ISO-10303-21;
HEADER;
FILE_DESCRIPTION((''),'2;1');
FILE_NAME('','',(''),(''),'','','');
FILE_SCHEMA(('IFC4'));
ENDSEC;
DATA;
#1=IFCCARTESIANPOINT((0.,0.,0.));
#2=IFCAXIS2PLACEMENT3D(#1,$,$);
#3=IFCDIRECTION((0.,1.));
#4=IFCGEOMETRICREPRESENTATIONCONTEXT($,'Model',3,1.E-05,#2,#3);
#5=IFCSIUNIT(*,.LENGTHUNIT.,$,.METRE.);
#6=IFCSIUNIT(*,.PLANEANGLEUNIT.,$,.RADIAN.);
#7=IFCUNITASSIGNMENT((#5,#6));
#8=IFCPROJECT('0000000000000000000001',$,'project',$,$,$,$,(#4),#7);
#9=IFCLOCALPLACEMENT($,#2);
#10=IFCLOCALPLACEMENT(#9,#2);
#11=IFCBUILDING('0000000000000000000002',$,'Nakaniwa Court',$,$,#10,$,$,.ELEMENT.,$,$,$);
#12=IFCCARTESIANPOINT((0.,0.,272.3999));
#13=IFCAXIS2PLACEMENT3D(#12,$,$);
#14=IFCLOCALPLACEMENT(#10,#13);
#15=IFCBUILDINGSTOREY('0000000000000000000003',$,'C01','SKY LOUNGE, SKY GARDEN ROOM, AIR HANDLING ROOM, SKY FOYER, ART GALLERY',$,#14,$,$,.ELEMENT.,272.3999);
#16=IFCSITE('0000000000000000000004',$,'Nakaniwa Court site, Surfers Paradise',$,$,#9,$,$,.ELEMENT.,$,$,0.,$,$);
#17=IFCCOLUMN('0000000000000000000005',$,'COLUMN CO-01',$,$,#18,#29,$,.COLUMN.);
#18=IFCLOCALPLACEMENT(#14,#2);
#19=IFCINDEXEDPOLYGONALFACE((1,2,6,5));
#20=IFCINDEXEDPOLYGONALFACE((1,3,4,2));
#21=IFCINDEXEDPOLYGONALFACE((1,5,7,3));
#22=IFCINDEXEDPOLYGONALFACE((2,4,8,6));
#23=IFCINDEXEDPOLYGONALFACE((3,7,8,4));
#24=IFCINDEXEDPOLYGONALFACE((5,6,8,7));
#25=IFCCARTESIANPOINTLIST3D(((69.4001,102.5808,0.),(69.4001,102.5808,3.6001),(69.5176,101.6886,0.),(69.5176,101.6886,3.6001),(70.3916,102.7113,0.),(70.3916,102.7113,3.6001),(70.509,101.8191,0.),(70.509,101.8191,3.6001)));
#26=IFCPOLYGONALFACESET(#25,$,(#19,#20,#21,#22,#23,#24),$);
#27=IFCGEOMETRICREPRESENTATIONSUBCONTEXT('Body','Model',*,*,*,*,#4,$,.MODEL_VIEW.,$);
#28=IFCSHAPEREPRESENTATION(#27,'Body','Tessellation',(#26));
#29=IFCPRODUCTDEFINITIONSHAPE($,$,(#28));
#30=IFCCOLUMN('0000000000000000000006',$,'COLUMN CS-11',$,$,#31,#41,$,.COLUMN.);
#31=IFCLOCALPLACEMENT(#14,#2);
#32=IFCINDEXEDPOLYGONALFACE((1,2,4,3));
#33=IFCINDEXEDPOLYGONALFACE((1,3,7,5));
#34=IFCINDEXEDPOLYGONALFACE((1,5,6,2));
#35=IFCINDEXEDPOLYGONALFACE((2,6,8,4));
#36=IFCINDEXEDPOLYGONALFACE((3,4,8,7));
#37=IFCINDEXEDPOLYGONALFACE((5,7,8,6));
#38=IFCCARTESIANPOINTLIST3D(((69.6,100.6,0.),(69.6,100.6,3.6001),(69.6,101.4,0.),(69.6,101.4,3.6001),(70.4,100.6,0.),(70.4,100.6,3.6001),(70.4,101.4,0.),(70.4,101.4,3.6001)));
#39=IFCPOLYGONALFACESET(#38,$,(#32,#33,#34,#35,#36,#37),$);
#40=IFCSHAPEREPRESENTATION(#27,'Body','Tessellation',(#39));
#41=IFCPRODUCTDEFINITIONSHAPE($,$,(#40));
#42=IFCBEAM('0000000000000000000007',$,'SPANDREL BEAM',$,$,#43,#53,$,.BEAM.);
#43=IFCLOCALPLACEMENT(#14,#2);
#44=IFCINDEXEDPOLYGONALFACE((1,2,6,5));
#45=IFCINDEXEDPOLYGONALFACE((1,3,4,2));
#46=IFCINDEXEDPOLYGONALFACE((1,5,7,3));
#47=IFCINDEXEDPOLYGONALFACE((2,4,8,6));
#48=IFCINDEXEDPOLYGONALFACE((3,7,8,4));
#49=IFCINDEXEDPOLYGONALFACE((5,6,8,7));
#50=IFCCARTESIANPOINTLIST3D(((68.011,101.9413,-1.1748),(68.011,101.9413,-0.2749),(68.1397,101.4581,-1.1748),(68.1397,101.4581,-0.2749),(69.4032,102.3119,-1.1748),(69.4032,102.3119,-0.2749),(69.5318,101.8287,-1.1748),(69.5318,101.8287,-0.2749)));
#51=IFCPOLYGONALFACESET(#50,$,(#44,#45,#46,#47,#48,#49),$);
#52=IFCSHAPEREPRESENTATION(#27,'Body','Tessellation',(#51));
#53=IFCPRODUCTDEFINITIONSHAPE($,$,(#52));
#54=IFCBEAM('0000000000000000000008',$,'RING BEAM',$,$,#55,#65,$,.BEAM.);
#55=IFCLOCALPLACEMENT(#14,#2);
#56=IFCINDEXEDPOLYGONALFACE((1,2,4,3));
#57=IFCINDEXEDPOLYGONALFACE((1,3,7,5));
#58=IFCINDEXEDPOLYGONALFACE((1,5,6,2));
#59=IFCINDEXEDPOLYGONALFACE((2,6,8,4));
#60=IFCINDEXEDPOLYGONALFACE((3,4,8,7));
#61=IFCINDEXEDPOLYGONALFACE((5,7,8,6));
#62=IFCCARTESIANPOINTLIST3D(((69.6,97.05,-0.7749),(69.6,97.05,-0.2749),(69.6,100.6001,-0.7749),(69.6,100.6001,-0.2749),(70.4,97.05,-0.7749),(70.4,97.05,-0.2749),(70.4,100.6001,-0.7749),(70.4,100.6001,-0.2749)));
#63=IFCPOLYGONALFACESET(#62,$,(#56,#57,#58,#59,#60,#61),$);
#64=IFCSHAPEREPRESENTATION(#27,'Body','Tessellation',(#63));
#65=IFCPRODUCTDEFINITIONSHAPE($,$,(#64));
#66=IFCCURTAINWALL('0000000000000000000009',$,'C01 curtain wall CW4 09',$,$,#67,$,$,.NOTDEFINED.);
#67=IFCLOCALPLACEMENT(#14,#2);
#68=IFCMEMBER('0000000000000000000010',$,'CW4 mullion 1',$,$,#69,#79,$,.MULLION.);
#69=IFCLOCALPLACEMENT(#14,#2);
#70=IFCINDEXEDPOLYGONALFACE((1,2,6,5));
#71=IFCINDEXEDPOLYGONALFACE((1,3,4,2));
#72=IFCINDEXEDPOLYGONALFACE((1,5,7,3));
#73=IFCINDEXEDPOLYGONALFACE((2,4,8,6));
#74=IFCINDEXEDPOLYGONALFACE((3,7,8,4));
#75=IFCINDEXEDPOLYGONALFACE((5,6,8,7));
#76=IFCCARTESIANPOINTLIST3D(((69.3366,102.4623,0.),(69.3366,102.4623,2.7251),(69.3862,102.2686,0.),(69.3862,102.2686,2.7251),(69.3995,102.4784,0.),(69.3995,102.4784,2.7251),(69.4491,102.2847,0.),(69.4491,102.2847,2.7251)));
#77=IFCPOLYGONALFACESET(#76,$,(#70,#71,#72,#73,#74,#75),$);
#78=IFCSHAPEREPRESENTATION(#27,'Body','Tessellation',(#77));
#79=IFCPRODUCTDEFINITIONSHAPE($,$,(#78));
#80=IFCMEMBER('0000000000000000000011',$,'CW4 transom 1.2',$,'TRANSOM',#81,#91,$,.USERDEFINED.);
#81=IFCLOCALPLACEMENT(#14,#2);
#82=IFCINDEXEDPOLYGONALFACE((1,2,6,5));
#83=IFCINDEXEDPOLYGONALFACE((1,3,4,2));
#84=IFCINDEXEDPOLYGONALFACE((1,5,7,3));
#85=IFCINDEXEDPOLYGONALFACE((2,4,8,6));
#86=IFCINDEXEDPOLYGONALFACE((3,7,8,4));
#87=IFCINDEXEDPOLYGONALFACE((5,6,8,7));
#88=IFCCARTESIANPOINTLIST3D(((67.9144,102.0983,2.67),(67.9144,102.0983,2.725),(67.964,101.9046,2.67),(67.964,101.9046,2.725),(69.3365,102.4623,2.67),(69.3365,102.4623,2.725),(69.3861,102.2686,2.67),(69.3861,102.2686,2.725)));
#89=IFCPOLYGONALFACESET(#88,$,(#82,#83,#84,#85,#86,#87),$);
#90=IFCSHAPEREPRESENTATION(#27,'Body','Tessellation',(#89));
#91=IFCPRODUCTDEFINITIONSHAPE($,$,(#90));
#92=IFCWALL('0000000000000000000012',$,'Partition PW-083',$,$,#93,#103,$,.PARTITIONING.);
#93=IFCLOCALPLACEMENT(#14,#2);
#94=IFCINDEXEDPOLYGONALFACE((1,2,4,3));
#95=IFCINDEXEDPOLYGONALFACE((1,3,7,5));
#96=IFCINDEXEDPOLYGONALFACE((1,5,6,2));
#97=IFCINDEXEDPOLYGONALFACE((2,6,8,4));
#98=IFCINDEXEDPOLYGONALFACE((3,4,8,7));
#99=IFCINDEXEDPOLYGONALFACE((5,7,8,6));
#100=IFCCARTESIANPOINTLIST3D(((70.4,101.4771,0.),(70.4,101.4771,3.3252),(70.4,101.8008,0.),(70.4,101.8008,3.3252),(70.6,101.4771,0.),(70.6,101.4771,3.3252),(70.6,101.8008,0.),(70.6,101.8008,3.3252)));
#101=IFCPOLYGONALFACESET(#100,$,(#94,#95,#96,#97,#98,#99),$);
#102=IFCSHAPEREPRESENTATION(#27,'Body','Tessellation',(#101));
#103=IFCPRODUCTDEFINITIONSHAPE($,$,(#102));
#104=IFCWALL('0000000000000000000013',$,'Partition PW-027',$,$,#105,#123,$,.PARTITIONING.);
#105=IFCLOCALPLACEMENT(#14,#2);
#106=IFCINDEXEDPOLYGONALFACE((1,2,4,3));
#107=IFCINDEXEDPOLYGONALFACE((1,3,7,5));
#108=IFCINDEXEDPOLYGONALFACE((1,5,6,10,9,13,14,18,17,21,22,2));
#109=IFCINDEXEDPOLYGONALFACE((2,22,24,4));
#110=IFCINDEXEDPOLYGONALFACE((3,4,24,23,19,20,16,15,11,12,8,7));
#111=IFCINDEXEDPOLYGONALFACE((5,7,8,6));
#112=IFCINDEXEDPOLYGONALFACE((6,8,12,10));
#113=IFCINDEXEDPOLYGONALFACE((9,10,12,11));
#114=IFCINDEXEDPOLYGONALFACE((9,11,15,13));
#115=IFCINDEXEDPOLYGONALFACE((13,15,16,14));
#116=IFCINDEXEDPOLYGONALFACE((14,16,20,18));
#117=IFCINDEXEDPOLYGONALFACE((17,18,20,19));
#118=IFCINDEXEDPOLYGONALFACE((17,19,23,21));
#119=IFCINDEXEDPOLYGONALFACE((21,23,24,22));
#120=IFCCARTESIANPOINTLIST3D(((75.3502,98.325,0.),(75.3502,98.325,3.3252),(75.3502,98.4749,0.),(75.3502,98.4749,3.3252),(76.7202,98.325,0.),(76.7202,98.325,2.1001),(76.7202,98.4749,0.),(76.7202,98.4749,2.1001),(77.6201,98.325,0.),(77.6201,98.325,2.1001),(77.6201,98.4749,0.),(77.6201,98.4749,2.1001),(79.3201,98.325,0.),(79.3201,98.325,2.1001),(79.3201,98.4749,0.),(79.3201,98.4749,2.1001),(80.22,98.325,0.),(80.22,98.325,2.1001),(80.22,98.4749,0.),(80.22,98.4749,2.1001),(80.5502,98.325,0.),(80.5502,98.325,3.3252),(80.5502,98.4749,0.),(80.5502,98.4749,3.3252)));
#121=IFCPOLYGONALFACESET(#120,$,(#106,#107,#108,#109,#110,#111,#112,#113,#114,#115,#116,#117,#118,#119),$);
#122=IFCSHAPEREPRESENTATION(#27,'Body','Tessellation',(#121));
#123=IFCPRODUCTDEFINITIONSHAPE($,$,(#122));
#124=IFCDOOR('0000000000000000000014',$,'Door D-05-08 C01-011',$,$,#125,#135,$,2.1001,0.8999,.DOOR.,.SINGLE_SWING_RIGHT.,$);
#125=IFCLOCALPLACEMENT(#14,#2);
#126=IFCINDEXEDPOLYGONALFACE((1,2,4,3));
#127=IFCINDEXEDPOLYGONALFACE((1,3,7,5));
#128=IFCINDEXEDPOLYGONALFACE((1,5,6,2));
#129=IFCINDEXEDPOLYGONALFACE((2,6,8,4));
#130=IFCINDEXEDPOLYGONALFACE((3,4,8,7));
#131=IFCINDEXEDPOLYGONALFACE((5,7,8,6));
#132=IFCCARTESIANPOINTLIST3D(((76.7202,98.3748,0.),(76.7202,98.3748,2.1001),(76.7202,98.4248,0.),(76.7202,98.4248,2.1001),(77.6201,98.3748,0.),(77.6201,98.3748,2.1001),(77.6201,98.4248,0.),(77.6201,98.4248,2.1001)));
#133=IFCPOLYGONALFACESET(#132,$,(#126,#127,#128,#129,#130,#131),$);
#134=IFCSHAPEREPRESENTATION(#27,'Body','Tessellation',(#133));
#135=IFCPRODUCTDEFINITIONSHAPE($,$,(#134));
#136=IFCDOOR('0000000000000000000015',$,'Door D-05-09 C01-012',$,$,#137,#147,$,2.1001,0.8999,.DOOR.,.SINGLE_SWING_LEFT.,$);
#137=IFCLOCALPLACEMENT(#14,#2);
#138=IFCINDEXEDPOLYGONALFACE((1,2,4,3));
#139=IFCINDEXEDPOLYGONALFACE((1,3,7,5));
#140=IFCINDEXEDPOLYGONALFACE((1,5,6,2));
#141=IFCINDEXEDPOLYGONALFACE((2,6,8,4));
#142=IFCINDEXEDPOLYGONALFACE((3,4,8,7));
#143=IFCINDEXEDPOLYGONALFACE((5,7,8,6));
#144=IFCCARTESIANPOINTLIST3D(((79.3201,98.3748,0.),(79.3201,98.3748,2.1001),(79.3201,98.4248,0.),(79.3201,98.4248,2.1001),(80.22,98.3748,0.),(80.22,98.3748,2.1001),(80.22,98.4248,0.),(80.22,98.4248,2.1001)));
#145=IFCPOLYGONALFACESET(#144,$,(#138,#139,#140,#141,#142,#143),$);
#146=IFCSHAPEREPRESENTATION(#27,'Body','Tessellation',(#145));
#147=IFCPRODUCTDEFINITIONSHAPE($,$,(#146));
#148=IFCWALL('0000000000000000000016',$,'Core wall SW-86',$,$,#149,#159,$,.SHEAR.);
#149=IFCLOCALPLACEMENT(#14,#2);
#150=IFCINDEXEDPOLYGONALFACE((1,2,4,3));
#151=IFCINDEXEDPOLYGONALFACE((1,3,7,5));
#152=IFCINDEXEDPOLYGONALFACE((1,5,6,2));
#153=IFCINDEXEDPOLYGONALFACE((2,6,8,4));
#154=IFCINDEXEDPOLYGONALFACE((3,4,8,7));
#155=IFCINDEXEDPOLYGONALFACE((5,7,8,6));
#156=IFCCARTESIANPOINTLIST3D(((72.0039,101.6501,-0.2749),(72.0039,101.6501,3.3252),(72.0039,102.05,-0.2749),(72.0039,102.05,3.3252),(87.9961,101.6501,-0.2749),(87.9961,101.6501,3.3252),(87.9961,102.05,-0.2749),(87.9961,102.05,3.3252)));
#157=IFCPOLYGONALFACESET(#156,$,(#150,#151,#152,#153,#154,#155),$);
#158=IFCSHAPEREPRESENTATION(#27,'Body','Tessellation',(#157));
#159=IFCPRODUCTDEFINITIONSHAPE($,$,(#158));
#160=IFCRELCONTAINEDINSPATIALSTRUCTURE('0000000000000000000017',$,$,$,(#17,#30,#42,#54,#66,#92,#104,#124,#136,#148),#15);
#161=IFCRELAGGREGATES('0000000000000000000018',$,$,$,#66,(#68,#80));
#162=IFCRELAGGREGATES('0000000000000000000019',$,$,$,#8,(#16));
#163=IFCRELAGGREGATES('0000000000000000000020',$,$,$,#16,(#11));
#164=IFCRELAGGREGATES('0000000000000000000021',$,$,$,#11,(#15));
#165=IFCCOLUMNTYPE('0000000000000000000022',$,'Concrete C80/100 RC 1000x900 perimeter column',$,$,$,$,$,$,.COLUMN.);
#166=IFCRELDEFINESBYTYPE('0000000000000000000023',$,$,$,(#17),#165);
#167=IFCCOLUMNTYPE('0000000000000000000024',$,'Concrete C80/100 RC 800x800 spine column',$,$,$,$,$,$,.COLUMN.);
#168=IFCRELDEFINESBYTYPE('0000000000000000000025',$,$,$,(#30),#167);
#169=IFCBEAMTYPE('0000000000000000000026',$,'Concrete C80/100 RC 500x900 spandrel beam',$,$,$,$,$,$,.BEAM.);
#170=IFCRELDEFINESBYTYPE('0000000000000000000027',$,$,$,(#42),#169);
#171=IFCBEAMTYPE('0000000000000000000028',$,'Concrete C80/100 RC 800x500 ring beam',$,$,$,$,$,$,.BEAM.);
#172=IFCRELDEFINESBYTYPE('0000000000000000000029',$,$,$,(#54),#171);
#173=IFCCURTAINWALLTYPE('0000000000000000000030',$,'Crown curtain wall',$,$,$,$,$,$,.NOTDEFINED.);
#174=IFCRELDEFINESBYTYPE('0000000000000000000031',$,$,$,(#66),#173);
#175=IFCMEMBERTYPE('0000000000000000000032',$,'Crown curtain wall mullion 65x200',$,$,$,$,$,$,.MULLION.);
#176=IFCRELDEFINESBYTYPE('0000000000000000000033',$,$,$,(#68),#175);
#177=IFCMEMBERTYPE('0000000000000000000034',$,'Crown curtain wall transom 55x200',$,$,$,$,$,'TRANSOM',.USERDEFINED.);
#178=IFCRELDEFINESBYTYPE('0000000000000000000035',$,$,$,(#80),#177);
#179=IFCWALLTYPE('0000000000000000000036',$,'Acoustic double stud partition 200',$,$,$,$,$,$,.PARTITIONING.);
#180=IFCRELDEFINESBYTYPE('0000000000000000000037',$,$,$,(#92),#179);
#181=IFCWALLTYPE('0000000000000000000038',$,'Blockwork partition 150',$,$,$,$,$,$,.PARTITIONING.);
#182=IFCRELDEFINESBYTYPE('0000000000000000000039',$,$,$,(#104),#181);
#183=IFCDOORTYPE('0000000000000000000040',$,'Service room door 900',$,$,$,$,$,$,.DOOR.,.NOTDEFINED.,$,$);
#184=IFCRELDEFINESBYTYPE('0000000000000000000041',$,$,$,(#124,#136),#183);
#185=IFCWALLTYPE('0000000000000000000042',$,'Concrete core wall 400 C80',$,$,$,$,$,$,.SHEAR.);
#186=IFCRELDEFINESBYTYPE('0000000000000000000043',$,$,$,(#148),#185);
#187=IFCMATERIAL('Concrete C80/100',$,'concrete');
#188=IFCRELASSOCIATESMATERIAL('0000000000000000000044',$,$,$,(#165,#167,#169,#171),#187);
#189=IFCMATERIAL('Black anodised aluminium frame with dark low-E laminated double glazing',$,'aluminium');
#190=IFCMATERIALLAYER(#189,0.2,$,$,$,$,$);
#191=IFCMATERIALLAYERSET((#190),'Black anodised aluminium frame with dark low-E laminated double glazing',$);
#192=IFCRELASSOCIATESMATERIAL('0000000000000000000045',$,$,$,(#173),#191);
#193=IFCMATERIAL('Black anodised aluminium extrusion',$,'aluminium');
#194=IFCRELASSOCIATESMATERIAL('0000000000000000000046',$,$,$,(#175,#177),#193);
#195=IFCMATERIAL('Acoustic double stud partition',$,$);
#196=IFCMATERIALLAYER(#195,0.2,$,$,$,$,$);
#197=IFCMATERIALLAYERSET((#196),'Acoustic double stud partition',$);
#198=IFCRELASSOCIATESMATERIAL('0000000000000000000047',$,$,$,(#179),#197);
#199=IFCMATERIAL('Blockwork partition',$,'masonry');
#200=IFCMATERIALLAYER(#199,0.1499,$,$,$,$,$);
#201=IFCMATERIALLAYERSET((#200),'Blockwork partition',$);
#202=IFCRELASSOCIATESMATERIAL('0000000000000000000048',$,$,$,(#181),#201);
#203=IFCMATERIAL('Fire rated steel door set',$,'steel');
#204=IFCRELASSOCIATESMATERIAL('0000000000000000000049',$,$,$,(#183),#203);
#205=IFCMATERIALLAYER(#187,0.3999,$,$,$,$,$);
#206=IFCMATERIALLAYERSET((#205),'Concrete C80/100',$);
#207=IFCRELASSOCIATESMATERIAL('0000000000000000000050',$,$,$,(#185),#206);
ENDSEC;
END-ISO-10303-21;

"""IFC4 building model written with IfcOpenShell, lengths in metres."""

from ifc_helpers import new_model, si_unit, direction, frame, frame_2d, origin, origin_2d, place, context, subcontext, project, spatial, rectangle, extrude, material, layer, layer_set, material_profile, profile_set, type_object, element, fill, aggregate, save


model = new_model("IFC4")

# Units and contexts
model_context = context("Model", 3, precision=1e-05, world=origin(), true_north=direction((0.0, 1.0)))
body_context = subcontext(model_context, "Body", "Model", "MODEL_VIEW")
ifc_project = project(units=[si_unit("LENGTHUNIT", "METRE"), si_unit("PLANEANGLEUNIT", "RADIAN")], contexts=[model_context])

# Site, building, storey
site_placement = place(None, origin())
site = spatial("IfcSite", under=ifc_project, at=site_placement, Name="Nakaniwa Court site, Surfers Paradise", CompositionType="ELEMENT", RefElevation=0.0)
building_placement = place(site_placement, origin())
building = spatial("IfcBuilding", under=site, at=building_placement, Name="Nakaniwa Court", CompositionType="ELEMENT")
storey_placement = place(building_placement, frame((0.0, 0.0, 272.3999)))
storey = spatial("IfcBuildingStorey", under=building, at=storey_placement, Name="C01", Description="SKY LOUNGE, SKY GARDEN ROOM, AIR HANDLING ROOM, SKY FOYER, ART GALLERY", CompositionType="ELEMENT", Elevation=272.3999)

# Columns
ifc_material_1 = material(Name="Concrete C80/100", Category="concrete")
ifc_material_profile_1 = material_profile(ifc_material_1, rectangle(XDim=1.0, YDim=0.8999, at=origin_2d()), Name="Concrete C80/100 RC 1000x900 perimeter column")
ifc_profile_set_1 = profile_set([ifc_material_profile_1], Name="Concrete C80/100")
column_type_1 = type_object("IfcColumnType", Name="Concrete C80/100 RC 1000x900 perimeter column", PredefinedType="COLUMN", material=ifc_profile_set_1)
column_1_placement = place(storey_placement, frame((69.9546, 102.2, 0.0), z_axis=(0.0, 0.0, 1.0), x_axis=(-0.991443, -0.130543, 0.0)))
element("IfcColumn", 1, at=column_1_placement, inside=storey, type_object=column_type_1, Name="COLUMN CO-01", PredefinedType="COLUMN", context=body_context, shape_type="SweptSolid", body=[
    extrude(rectangle(XDim=1.0, YDim=0.8999, at=origin_2d()), origin(), (0.0, 0.0, 1.0), 3.6001),
])
ifc_material_profile_2 = material_profile(ifc_material_1, rectangle(XDim=0.8, YDim=0.8, at=origin_2d()), Name="Concrete C80/100 RC 800x800 spine column")
ifc_profile_set_2 = profile_set([ifc_material_profile_2], Name="Concrete C80/100")
column_type_2 = type_object("IfcColumnType", Name="Concrete C80/100 RC 800x800 spine column", PredefinedType="COLUMN", material=ifc_profile_set_2)
column_2_placement = place(storey_placement, frame((70.0, 101.0, 0.0), z_axis=(0.0, 0.0, 1.0), x_axis=(0.0, -1.0, 0.0)))
element("IfcColumn", 2, at=column_2_placement, inside=storey, type_object=column_type_2, Name="COLUMN CS-11", PredefinedType="COLUMN", context=body_context, shape_type="SweptSolid", body=[
    extrude(rectangle(XDim=0.8, YDim=0.8, at=origin_2d()), origin(), (0.0, 0.0, 1.0), 3.6001),
])

# Beams
ifc_material_profile_3 = material_profile(ifc_material_1, rectangle(XDim=0.5, YDim=0.8999, at=origin_2d()), Name="Concrete C80/100 RC 500x900 spandrel beam")
ifc_profile_set_3 = profile_set([ifc_material_profile_3], Name="Concrete C80/100")
beam_type_1 = type_object("IfcBeamType", Name="Concrete C80/100 RC 500x900 spandrel beam", PredefinedType="BEAM", material=ifc_profile_set_3)
beam_1_placement = place(storey_placement, frame((69.4675, 102.0703, -0.7249), z_axis=(-0.966342, -0.257262, 0.0), x_axis=(0.257262, -0.966342, 0.0)))
element("IfcBeam", 3, at=beam_1_placement, inside=storey, type_object=beam_type_1, Name="SPANDREL BEAM", PredefinedType="BEAM", context=body_context, shape_type="SweptSolid", body=[
    extrude(rectangle(XDim=0.5, YDim=0.8999, at=origin_2d()), origin(), (0.0, 0.0, 1.0), 1.4407),
])
ifc_material_profile_4 = material_profile(ifc_material_1, rectangle(XDim=0.8, YDim=0.5, at=origin_2d()), Name="Concrete C80/100 RC 800x500 ring beam")
ifc_profile_set_4 = profile_set([ifc_material_profile_4], Name="Concrete C80/100")
beam_type_2 = type_object("IfcBeamType", Name="Concrete C80/100 RC 800x500 ring beam", PredefinedType="BEAM", material=ifc_profile_set_4)
beam_2_placement = place(storey_placement, frame((70.0, 100.6001, -0.5249), z_axis=(0.0, -1.0, 0.0), x_axis=(1.0, 0.0, 0.0)))
element("IfcBeam", 4, at=beam_2_placement, inside=storey, type_object=beam_type_2, Name="RING BEAM", PredefinedType="BEAM", context=body_context, shape_type="SweptSolid", body=[
    extrude(rectangle(XDim=0.8, YDim=0.5, at=origin_2d()), origin(), (0.0, 0.0, 1.0), 3.55),
])

# Curtain wall, members
ifc_material_2 = material(Name="Black anodised aluminium frame with dark low-E laminated double glazing", Category="aluminium")
ifc_layer_1 = layer(ifc_material_2, 0.2)
ifc_layer_set_1 = layer_set([ifc_layer_1], Name="Black anodised aluminium frame with dark low-E laminated double glazing")
curtain_wall_type = type_object("IfcCurtainWallType", Name="Crown curtain wall", PredefinedType="NOTDEFINED", material=ifc_layer_set_1)
curtain_wall_placement = place(storey_placement, origin())
curtain_wall = element("IfcCurtainWall", 5, at=curtain_wall_placement, inside=storey, type_object=curtain_wall_type, Name="C01 curtain wall CW4 09", PredefinedType="NOTDEFINED")
ifc_material_3 = material(Name="Black anodised aluminium extrusion", Category="aluminium")
ifc_material_profile_5 = material_profile(ifc_material_3, rectangle(XDim=0.2, YDim=0.0649, at=origin_2d()), Name="Crown curtain wall mullion 65x200")
ifc_profile_set_5 = profile_set([ifc_material_profile_5], Name="Black anodised aluminium extrusion")
member_type_1 = type_object("IfcMemberType", Name="Crown curtain wall mullion 65x200", PredefinedType="MULLION", material=ifc_profile_set_5)
member_1_placement = place(storey_placement, frame((69.3928, 102.3735, 0.0), z_axis=(0.0, 0.0, 1.0), x_axis=(0.248053, -0.968746, 0.0)))
member_1 = element("IfcMember", 6, at=member_1_placement, type_object=member_type_1, Name="CW4 mullion 1", PredefinedType="MULLION", context=body_context, shape_type="SweptSolid", body=[
    extrude(rectangle(XDim=0.2, YDim=0.0649, at=origin_2d()), origin(), (0.0, 0.0, 1.0), 2.7251),
])
ifc_material_profile_6 = material_profile(ifc_material_3, rectangle(XDim=0.2, YDim=0.0549, at=origin_2d()), Name="Crown curtain wall transom 55x200")
ifc_profile_set_6 = profile_set([ifc_material_profile_6], Name="Black anodised aluminium extrusion")
member_type_2 = type_object("IfcMemberType", Name="Crown curtain wall transom 55x200", ElementType="TRANSOM", PredefinedType="USERDEFINED", material=ifc_profile_set_6)
member_2_placement = place(storey_placement, frame((69.3613, 102.3655, 2.6975), z_axis=(-0.968767, -0.247971, 0.0), x_axis=(0.247971, -0.968767, 0.0)))
member_2 = element("IfcMember", 7, at=member_2_placement, type_object=member_type_2, Name="CW4 transom 1.2", ObjectType="TRANSOM", PredefinedType="USERDEFINED", context=body_context, shape_type="SweptSolid", body=[
    extrude(rectangle(XDim=0.2, YDim=0.0549, at=origin_2d()), origin(), (0.0, 0.0, 1.0), 1.468),
])
aggregate(curtain_wall, [member_1, member_2])

# Wall
ifc_material_4 = material(Name="Acoustic double stud partition")
ifc_layer_2 = layer(ifc_material_4, 0.2)
ifc_layer_set_2 = layer_set([ifc_layer_2], Name="Acoustic double stud partition")
wall_type_1 = type_object("IfcWallType", Name="Acoustic double stud partition 200", PredefinedType="PARTITIONING", material=ifc_layer_set_2)
wall_1_placement = place(storey_placement, frame((70.5, 101.4771, 0.0), z_axis=(0.0, 0.0, 1.0), x_axis=(0.0, 1.0, 0.0)))
element("IfcWall", 8, at=wall_1_placement, inside=storey, type_object=wall_type_1, Name="Partition PW-083", PredefinedType="PARTITIONING", context=body_context, shape_type="SweptSolid", body=[
    extrude(rectangle(XDim=0.3237, YDim=0.2, at=frame_2d((0.1619, 0.0))), origin(), (0.0, 0.0, 1.0), 3.3252),
])

# Wall, openings, doors
ifc_material_5 = material(Name="Blockwork partition", Category="masonry")
ifc_layer_3 = layer(ifc_material_5, 0.1499)
ifc_layer_set_3 = layer_set([ifc_layer_3], Name="Blockwork partition")
wall_type_2 = type_object("IfcWallType", Name="Blockwork partition 150", PredefinedType="PARTITIONING", material=ifc_layer_set_3)
wall_2_placement = place(storey_placement, frame((75.3501, 98.3999, 0.0), z_axis=(0.0, 0.0, 1.0), x_axis=(1.0, 0.0, 0.0)))
wall_2 = element("IfcWall", 9, at=wall_2_placement, inside=storey, type_object=wall_type_2, Name="Partition PW-027", PredefinedType="PARTITIONING", context=body_context, shape_type="SweptSolid", body=[
    extrude(rectangle(XDim=5.2, YDim=0.1499, at=frame_2d((2.6001, 0.0))), origin(), (0.0, 0.0, 1.0), 3.3252),
])
opening_1_placement = place(wall_2_placement, frame((1.3701, 0.0, 0.0)))
opening_1 = element("IfcOpeningElement", 10, at=opening_1_placement, cuts=wall_2, PredefinedType="OPENING", context=body_context, shape_type="SweptSolid", body=[
    extrude(rectangle(XDim=0.8999, YDim=2.1001, at=frame_2d((0.45, 1.05))), frame((0.0, 0.085, 0.0), z_axis=(0.0, -1.0, 0.0), x_axis=(1.0, 0.0, 0.0)), (0.0, 0.0, 1.0), 0.1699),
])
opening_2_placement = place(wall_2_placement, frame((3.97, 0.0, 0.0)))
opening_2 = element("IfcOpeningElement", 11, at=opening_2_placement, cuts=wall_2, PredefinedType="OPENING", context=body_context, shape_type="SweptSolid", body=[
    extrude(rectangle(XDim=0.8999, YDim=2.1001, at=frame_2d((0.45, 1.05))), frame((0.0, 0.085, 0.0), z_axis=(0.0, -1.0, 0.0), x_axis=(1.0, 0.0, 0.0)), (0.0, 0.0, 1.0), 0.1699),
])
ifc_material_6 = material(Name="Fire rated steel door set", Category="steel")
door_type = type_object("IfcDoorType", Name="Service room door 900", OperationType="NOTDEFINED", PredefinedType="DOOR", material=ifc_material_6)
door_1_placement = place(opening_1_placement, origin())
door_1 = element("IfcDoor", 12, at=door_1_placement, inside=storey, type_object=door_type, Name="Door D-05-08 C01-011", OperationType="SINGLE_SWING_RIGHT", OverallHeight=2.1001, OverallWidth=0.8999, PredefinedType="DOOR", context=body_context, shape_type="SweptSolid", body=[
    extrude(rectangle(XDim=0.8999, YDim=2.1001, at=frame_2d((0.45, 1.05))), frame((0.0, 0.0249, 0.0), z_axis=(0.0, -1.0, 0.0), x_axis=(1.0, 0.0, 0.0)), (0.0, 0.0, 1.0), 0.05),
])
fill(opening_1, door_1)
door_2_placement = place(opening_2_placement, origin())
door_2 = element("IfcDoor", 13, at=door_2_placement, inside=storey, type_object=door_type, Name="Door D-05-09 C01-012", OperationType="SINGLE_SWING_LEFT", OverallHeight=2.1001, OverallWidth=0.8999, PredefinedType="DOOR", context=body_context, shape_type="SweptSolid", body=[
    extrude(rectangle(XDim=0.8999, YDim=2.1001, at=frame_2d((0.45, 1.05))), frame((0.0, 0.0249, 0.0), z_axis=(0.0, -1.0, 0.0), x_axis=(1.0, 0.0, 0.0)), (0.0, 0.0, 1.0), 0.05),
])
fill(opening_2, door_2)

# Wall
ifc_layer_4 = layer(ifc_material_1, 0.3999)
ifc_layer_set_4 = layer_set([ifc_layer_4], Name="Concrete C80/100")
wall_type_3 = type_object("IfcWallType", Name="Concrete core wall 400 C80", PredefinedType="SHEAR", material=ifc_layer_set_4)
wall_3_placement = place(storey_placement, frame((72.0039, 101.8501, -0.2749), z_axis=(0.0, 0.0, 1.0), x_axis=(1.0, 0.0, 0.0)))
element("IfcWall", 14, at=wall_3_placement, inside=storey, type_object=wall_type_3, Name="Core wall SW-86", PredefinedType="SHEAR", context=body_context, shape_type="SweptSolid", body=[
    extrude(rectangle(XDim=15.9922, YDim=0.3999, at=frame_2d((7.9961, 0.0))), origin(), (0.0, 0.0, 1.0), 3.6001),
])

save(model, "model.ifc")
